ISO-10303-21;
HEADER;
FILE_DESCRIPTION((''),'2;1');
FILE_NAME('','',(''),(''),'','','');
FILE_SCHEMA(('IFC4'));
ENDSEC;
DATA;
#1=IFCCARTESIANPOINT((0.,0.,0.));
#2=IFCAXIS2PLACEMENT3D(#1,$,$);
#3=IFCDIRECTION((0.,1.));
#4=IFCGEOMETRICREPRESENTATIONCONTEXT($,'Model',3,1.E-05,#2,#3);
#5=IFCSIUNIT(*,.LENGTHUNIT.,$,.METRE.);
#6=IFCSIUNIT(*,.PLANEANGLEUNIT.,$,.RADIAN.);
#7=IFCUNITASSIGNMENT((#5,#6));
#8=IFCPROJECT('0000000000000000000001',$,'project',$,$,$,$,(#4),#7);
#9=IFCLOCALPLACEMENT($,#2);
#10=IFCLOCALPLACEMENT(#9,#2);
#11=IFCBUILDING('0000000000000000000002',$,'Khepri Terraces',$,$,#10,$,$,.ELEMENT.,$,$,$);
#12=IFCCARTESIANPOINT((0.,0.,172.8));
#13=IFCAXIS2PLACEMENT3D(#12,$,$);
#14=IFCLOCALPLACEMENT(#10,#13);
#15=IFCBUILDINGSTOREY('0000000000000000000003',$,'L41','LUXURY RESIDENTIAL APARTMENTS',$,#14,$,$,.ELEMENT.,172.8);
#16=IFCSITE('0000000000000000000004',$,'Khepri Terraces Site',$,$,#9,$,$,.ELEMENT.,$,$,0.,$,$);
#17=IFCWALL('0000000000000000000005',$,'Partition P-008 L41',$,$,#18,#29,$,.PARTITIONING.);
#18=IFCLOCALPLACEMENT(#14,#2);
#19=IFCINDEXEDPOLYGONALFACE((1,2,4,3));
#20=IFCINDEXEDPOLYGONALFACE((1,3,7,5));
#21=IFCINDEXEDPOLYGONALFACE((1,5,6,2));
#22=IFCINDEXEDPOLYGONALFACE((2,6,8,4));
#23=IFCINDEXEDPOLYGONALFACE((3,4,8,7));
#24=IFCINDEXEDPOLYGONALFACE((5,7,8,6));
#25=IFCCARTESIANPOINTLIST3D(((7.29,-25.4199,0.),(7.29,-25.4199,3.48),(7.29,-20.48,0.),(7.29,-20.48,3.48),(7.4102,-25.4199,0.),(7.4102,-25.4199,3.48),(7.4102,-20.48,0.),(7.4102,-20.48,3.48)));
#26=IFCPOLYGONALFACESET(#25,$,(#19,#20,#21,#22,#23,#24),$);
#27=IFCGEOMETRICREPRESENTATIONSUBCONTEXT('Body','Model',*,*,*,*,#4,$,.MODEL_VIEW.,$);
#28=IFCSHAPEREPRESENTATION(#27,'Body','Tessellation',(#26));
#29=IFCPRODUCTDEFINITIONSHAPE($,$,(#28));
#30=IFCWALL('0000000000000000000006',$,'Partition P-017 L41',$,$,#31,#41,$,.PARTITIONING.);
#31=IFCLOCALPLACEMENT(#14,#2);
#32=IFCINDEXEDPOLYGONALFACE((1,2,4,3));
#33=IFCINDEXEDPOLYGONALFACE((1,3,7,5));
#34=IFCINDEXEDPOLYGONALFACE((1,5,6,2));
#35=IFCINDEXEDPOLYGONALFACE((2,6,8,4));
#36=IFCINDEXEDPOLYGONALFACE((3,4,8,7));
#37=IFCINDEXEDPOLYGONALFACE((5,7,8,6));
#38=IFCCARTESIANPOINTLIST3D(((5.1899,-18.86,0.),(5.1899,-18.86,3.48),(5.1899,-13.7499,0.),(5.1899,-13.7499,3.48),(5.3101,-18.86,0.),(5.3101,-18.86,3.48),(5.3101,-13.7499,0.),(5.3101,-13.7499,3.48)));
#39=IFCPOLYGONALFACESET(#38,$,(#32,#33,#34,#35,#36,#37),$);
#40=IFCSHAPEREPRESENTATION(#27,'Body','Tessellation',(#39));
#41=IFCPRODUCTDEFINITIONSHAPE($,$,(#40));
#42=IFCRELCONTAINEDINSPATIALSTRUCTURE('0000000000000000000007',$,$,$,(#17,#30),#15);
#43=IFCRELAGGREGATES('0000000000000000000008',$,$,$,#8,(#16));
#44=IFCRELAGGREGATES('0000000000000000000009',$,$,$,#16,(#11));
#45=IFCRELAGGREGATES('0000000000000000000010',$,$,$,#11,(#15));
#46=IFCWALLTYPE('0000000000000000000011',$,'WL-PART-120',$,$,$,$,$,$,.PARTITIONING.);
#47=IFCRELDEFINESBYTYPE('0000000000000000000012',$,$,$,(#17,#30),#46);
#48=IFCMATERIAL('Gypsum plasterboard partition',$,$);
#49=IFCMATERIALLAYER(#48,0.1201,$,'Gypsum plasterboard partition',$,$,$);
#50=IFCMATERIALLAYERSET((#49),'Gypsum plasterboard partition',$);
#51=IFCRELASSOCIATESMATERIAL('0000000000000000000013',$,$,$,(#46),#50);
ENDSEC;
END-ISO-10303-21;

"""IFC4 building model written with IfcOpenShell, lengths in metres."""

from ifc_helpers import new_model, si_unit, direction, frame, frame_2d, origin, place, context, subcontext, project, spatial, rectangle, extrude, material, layer, layer_set, type_object, element, save


model = new_model("IFC4")

# Units and contexts
model_context = context("Model", 3, precision=1e-05, world=origin(), true_north=direction((0.0, 1.0)))
body_context = subcontext(model_context, "Body", "Model", "MODEL_VIEW")
ifc_project = project(units=[si_unit("LENGTHUNIT", "METRE"), si_unit("PLANEANGLEUNIT", "RADIAN")], contexts=[model_context])

# Site, building, storey
site_placement = place(None, origin())
site = spatial("IfcSite", under=ifc_project, at=site_placement, Name="Khepri Terraces Site", CompositionType="ELEMENT", RefElevation=0.0)
building_placement = place(site_placement, origin())
building = spatial("IfcBuilding", under=site, at=building_placement, Name="Khepri Terraces", CompositionType="ELEMENT")
storey_placement = place(building_placement, frame((0.0, 0.0, 172.8)))
storey = spatial("IfcBuildingStorey", under=building, at=storey_placement, Name="L41", Description="LUXURY RESIDENTIAL APARTMENTS", CompositionType="ELEMENT", Elevation=172.8)

# Shared definitions
ifc_material_1 = material(Name="Gypsum plasterboard partition")
ifc_layer_1 = layer(ifc_material_1, 0.1201, Name="Gypsum plasterboard partition")
ifc_layer_set_1 = layer_set([ifc_layer_1], Name="Gypsum plasterboard partition")
wall_type_1 = type_object("IfcWallType", Name="WL-PART-120", PredefinedType="PARTITIONING", material=ifc_layer_set_1)

# Walls
wall_1_placement = place(storey_placement, frame((7.3501, -25.4199, 0.0), z_axis=(0.0, 0.0, 1.0), x_axis=(0.0, 1.0, 0.0)))
element("IfcWall", 1, at=wall_1_placement, inside=storey, type_object=wall_type_1, Name="Partition P-008 L41", PredefinedType="PARTITIONING", context=body_context, shape_type="SweptSolid", body=[
    extrude(rectangle(XDim=4.9399, YDim=0.1201, at=frame_2d((2.47, 0.0))), origin(), (0.0, 0.0, 1.0), 3.48),
])
wall_2_placement = place(storey_placement, frame((5.25, -18.8601, 0.0), z_axis=(0.0, 0.0, 1.0), x_axis=(0.0, 1.0, 0.0)))
element("IfcWall", 2, at=wall_2_placement, inside=storey, type_object=wall_type_1, Name="Partition P-017 L41", PredefinedType="PARTITIONING", context=body_context, shape_type="SweptSolid", body=[
    extrude(rectangle(XDim=5.1101, YDim=0.1201, at=frame_2d((2.5552, 0.0))), origin(), (0.0, 0.0, 1.0), 3.48),
])

save(model, "model.ifc")
